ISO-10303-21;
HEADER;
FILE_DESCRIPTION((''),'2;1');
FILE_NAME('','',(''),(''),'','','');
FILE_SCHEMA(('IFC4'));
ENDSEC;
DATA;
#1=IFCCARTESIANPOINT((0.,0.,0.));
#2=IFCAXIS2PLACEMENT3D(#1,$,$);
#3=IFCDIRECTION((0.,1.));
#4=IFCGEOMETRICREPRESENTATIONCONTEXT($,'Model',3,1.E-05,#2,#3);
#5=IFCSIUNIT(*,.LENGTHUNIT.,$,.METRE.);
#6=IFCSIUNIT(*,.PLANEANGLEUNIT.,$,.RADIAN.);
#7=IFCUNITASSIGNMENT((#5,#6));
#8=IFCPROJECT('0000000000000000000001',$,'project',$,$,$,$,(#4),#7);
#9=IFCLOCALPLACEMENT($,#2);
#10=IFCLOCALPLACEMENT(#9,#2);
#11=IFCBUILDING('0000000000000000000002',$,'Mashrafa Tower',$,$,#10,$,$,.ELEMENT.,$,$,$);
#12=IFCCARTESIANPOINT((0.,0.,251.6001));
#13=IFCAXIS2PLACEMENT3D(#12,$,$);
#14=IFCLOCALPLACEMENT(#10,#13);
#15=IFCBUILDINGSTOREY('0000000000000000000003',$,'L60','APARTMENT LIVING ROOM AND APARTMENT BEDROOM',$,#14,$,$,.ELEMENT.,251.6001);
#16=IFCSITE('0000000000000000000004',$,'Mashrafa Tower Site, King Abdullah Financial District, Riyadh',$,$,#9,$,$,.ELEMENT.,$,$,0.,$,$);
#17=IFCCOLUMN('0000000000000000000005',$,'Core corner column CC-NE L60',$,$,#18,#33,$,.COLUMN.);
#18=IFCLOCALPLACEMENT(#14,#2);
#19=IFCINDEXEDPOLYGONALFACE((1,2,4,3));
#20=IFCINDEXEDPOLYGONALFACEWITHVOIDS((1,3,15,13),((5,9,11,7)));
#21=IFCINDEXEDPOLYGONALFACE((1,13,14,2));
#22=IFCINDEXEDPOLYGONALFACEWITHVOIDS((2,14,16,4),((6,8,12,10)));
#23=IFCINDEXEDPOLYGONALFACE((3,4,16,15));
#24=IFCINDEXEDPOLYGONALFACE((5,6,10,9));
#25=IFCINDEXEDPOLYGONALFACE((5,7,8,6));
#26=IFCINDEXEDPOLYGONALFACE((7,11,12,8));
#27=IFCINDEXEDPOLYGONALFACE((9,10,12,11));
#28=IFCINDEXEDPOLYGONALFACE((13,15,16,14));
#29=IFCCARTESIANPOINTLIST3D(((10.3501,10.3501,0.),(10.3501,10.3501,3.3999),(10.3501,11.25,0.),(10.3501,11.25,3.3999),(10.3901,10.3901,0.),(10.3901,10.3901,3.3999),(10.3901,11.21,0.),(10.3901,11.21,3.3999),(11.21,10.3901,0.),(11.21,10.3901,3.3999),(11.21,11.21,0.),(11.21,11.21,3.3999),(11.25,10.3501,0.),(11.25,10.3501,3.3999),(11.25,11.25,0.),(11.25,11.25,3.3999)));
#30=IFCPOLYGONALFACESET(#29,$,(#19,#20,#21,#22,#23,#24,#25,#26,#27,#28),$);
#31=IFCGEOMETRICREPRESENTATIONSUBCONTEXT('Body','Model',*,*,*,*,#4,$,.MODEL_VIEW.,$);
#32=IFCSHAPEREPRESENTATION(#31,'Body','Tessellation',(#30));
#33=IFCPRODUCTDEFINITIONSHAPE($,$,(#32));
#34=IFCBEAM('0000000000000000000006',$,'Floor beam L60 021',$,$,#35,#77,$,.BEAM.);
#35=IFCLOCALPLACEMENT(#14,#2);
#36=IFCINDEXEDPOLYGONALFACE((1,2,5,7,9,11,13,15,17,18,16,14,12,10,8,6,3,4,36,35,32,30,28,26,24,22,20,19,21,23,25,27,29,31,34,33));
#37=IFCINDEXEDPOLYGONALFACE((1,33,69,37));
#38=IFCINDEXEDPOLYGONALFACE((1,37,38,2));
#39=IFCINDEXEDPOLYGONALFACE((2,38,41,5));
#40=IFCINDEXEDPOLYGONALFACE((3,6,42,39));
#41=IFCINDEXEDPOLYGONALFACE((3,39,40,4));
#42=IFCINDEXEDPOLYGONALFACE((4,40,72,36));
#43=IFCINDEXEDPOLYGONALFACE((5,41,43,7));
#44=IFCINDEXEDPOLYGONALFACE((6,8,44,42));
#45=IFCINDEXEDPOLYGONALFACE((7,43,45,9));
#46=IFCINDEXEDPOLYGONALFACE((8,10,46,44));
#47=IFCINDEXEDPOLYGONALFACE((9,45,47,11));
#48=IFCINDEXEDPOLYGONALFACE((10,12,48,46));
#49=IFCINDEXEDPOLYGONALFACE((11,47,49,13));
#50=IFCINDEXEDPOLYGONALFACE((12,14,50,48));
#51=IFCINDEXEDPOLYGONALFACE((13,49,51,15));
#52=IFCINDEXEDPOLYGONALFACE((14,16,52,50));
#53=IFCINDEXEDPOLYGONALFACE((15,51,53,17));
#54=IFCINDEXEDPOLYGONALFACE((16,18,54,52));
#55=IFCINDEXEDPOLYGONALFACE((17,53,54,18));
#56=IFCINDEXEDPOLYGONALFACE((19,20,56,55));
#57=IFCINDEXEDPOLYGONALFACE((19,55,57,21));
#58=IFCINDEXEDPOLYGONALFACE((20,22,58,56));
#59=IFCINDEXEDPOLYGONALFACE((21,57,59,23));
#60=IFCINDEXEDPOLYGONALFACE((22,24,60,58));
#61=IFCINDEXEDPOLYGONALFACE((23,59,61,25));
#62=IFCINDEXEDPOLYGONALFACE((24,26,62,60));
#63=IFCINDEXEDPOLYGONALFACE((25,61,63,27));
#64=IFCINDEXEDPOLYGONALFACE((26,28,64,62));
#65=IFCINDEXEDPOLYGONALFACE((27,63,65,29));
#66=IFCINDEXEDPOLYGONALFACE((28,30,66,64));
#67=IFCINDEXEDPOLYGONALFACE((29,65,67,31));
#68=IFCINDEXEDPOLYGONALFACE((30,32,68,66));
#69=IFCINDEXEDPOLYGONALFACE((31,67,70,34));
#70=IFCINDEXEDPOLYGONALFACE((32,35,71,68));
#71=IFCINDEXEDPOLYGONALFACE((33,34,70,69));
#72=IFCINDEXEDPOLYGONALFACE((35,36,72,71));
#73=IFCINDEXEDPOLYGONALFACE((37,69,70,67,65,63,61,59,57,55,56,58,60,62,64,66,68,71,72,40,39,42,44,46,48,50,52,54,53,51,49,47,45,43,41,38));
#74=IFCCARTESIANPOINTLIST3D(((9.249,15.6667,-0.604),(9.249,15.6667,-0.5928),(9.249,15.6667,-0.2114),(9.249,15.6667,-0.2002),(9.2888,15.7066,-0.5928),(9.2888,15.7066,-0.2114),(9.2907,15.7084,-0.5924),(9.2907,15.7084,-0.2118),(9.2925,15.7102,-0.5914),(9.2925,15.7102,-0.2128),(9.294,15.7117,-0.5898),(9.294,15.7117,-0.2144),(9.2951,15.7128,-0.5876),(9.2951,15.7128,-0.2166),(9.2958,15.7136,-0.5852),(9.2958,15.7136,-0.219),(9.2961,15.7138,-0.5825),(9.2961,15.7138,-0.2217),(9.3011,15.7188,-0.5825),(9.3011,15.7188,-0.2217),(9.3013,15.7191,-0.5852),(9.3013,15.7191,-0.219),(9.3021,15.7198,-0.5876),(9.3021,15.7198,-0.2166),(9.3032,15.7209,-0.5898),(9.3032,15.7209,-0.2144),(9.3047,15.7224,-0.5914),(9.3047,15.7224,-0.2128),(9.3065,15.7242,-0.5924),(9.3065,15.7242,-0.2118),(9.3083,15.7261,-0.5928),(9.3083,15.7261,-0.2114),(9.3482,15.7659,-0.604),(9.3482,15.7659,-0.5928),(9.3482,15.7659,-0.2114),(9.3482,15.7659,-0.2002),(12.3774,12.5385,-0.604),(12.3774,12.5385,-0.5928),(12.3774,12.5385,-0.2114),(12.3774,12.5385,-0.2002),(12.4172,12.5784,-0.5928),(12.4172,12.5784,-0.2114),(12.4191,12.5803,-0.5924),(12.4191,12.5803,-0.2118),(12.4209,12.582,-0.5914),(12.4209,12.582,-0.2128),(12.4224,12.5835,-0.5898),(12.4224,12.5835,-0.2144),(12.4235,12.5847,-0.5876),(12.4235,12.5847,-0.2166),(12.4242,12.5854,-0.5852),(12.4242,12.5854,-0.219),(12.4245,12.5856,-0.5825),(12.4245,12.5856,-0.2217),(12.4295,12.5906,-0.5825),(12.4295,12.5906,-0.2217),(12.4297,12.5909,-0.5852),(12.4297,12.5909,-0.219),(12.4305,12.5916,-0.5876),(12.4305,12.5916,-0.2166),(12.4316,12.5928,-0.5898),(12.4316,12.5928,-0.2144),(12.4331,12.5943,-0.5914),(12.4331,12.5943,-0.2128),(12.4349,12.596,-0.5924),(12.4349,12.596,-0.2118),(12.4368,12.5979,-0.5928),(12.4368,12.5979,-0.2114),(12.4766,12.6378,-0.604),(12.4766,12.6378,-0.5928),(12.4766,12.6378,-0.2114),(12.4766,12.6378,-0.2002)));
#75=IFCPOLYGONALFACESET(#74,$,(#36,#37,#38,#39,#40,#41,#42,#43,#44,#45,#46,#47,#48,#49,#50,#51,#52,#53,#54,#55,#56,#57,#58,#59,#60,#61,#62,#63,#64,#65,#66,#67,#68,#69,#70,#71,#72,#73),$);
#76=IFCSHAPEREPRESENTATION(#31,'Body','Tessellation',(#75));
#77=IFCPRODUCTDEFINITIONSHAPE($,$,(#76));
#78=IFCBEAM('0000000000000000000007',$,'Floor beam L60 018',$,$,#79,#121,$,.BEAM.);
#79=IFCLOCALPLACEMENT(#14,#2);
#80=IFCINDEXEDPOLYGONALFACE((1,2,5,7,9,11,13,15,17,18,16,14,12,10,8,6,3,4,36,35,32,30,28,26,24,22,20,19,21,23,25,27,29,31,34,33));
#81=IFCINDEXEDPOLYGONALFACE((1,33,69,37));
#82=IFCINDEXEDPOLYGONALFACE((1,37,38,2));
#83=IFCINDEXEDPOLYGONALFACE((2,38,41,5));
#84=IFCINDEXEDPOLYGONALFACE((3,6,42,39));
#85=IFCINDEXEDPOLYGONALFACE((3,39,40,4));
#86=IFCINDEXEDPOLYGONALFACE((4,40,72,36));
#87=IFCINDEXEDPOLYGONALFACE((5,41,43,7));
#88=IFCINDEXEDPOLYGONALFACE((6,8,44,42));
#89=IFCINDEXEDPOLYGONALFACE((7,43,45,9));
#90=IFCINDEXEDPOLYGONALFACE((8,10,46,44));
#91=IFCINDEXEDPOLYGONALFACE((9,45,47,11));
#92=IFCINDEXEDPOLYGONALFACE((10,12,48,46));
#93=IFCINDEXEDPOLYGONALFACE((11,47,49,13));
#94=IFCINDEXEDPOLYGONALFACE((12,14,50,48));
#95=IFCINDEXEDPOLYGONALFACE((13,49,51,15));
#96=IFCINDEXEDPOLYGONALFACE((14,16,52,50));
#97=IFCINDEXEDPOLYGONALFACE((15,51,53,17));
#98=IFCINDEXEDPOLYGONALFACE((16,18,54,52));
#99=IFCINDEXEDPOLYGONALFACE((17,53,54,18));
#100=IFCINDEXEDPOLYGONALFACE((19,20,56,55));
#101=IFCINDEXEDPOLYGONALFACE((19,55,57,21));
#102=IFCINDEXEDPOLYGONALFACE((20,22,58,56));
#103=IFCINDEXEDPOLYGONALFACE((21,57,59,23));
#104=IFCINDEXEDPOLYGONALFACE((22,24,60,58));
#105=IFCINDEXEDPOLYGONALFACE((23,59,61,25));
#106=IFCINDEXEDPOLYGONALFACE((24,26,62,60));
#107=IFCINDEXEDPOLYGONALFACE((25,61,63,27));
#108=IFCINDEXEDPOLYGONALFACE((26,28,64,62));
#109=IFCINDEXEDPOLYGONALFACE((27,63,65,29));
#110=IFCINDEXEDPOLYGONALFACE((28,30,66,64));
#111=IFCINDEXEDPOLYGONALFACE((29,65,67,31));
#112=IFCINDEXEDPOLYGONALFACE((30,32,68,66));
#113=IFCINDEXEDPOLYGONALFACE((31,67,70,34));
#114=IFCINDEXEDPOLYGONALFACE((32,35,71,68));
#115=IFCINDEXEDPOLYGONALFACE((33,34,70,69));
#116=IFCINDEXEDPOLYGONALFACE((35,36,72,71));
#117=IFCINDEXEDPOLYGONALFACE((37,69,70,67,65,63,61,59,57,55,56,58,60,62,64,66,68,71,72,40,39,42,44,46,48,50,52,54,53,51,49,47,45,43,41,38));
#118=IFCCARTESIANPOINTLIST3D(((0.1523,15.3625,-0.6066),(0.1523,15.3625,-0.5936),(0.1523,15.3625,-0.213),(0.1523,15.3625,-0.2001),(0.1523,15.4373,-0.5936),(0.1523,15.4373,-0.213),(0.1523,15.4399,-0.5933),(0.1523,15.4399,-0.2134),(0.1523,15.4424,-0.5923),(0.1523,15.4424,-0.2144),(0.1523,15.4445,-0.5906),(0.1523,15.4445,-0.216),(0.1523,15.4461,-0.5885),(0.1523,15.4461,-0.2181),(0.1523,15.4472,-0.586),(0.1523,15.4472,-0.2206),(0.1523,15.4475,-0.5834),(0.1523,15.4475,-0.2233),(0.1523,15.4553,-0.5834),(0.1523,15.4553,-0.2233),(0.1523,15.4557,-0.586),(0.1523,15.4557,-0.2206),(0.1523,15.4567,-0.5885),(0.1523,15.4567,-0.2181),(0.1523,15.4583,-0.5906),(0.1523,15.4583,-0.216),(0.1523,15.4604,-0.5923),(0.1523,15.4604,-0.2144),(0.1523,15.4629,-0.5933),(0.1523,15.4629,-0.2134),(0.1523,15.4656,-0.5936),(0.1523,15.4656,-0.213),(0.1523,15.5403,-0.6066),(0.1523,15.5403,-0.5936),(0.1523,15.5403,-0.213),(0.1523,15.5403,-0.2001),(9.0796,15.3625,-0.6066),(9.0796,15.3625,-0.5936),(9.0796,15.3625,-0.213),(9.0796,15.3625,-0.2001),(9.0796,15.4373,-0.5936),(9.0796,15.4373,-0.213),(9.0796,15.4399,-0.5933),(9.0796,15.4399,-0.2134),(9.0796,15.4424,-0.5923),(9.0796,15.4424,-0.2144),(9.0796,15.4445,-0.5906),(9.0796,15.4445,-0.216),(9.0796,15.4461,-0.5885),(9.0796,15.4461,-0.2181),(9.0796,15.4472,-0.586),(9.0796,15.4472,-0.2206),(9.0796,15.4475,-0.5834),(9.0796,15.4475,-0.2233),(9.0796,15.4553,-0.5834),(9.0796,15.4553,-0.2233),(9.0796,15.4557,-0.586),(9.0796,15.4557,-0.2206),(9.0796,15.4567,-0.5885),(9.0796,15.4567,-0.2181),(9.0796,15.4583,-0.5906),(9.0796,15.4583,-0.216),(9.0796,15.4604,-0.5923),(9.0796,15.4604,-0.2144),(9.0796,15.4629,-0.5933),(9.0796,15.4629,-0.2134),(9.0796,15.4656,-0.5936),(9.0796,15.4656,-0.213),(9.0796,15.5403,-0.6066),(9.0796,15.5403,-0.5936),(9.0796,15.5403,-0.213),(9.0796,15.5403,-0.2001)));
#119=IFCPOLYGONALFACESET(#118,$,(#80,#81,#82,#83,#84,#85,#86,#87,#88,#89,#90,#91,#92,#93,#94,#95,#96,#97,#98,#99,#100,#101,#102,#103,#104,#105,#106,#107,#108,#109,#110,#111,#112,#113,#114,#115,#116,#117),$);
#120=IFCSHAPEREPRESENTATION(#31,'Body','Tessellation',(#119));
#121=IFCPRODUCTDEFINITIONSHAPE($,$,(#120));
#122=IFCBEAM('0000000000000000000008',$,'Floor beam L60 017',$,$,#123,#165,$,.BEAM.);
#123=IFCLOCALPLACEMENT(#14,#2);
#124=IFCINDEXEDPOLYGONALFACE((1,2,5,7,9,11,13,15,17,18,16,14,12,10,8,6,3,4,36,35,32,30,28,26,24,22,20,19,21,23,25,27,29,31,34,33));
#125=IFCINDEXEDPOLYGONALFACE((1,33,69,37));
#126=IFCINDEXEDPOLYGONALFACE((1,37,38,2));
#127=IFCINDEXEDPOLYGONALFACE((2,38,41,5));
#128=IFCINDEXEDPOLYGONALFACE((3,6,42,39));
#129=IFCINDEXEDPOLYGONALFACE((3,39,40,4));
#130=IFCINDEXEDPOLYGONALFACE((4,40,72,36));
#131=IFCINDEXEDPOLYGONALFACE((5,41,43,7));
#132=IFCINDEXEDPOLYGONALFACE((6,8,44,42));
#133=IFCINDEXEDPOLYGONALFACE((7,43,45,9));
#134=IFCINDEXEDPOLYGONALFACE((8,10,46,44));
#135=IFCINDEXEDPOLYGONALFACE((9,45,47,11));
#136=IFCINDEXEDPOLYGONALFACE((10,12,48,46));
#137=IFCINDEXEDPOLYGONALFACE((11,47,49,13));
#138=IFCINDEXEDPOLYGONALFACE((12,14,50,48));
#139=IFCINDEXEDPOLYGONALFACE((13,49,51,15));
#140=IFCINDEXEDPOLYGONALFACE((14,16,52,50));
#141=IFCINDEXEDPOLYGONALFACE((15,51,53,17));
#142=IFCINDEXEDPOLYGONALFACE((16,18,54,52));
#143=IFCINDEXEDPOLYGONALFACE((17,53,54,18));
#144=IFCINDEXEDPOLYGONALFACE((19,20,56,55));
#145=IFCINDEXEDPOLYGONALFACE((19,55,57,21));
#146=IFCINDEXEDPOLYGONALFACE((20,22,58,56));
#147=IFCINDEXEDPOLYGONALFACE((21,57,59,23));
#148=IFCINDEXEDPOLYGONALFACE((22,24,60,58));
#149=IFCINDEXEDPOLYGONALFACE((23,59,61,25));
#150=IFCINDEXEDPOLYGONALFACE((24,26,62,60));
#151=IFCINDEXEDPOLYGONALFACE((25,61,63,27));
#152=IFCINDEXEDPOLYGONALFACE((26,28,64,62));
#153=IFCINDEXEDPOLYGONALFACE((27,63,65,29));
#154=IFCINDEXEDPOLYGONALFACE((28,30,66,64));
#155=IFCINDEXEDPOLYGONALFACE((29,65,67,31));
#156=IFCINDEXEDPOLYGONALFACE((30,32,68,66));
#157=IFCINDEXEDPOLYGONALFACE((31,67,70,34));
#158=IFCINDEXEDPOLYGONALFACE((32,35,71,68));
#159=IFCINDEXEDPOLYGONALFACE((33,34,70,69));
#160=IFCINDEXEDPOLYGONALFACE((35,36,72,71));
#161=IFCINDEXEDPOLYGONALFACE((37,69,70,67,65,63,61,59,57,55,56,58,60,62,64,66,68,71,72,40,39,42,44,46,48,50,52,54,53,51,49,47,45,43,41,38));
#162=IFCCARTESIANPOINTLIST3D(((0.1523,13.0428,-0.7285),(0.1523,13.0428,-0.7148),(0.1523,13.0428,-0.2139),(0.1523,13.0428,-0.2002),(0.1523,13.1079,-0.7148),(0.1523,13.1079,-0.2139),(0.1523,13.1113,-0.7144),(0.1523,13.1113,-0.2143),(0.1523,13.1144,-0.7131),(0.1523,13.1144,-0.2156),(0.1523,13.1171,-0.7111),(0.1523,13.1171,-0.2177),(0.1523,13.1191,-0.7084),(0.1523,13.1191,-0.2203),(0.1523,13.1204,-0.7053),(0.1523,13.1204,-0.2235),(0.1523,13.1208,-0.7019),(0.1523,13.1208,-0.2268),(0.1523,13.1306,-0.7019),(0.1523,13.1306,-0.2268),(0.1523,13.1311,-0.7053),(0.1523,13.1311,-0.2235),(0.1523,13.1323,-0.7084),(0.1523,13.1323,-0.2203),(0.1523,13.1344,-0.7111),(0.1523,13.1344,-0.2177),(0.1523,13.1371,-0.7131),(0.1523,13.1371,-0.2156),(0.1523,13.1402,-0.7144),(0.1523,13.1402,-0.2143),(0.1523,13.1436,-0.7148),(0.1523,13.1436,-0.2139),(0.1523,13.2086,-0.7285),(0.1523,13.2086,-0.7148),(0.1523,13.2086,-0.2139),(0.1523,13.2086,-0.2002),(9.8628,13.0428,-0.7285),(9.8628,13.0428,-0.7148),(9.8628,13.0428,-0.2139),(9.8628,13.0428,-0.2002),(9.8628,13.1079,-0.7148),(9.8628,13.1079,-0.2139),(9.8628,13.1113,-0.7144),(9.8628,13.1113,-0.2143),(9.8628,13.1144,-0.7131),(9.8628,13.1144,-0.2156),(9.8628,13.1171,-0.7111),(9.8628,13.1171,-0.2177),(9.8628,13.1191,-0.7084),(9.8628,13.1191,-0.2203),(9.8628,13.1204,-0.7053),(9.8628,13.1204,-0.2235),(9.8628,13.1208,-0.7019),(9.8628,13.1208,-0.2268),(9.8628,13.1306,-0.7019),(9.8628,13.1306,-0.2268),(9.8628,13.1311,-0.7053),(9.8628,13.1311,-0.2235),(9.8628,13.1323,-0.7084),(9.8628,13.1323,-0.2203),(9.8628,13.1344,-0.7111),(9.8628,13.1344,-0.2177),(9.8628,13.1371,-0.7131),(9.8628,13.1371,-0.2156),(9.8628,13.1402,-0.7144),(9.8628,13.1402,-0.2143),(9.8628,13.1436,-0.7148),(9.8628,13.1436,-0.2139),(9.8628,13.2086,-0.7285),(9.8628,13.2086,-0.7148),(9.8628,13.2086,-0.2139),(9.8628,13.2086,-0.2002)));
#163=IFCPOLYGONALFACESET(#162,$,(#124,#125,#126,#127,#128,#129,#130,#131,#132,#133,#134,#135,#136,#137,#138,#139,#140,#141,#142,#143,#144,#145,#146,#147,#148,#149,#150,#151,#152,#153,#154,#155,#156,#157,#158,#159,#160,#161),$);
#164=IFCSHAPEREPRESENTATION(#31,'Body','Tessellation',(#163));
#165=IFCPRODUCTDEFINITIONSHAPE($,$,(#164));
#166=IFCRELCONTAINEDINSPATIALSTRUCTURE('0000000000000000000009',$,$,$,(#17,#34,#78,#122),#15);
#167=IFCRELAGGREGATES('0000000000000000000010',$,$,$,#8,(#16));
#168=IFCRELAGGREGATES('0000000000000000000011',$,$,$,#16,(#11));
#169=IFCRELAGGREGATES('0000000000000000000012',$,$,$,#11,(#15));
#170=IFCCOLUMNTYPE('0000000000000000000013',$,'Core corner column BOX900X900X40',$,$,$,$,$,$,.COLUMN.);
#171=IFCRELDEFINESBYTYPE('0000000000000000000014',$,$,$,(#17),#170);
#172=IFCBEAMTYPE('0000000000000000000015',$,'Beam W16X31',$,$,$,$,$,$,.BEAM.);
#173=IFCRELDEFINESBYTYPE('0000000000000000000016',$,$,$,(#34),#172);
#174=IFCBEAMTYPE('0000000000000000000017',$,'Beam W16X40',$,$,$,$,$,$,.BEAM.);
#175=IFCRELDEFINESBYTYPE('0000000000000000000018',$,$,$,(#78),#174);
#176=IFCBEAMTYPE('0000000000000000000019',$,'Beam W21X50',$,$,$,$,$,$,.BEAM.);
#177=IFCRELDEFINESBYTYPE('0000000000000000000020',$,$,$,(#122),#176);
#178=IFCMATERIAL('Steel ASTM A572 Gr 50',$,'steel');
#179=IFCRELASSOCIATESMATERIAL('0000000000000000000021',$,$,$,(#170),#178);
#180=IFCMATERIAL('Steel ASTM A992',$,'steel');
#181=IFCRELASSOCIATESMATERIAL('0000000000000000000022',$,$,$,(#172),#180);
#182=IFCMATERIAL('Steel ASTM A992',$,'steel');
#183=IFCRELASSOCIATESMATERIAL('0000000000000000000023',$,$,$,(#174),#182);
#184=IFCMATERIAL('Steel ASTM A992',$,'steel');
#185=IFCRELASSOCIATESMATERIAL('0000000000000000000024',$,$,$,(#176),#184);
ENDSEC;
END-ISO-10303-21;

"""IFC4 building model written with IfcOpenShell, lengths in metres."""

from ifc_helpers import new_model, si_unit, direction, frame, origin, origin_2d, place, context, subcontext, project, spatial, hollow_rectangle, i_section, extrude, material, material_profile, profile_set, type_object, element, save


model = new_model("IFC4")

# Units and contexts
model_context = context("Model", 3, precision=1e-05, world=origin(), true_north=direction((0.0, 1.0)))
body_context = subcontext(model_context, "Body", "Model", "MODEL_VIEW")
ifc_project = project(units=[si_unit("LENGTHUNIT", "METRE"), si_unit("PLANEANGLEUNIT", "RADIAN")], contexts=[model_context])

# Site, building, storey
site_placement = place(None, origin())
site = spatial("IfcSite", under=ifc_project, at=site_placement, Name="Mashrafa Tower Site, King Abdullah Financial District, Riyadh", CompositionType="ELEMENT", RefElevation=0.0)
building_placement = place(site_placement, origin())
building = spatial("IfcBuilding", under=site, at=building_placement, Name="Mashrafa Tower", CompositionType="ELEMENT")
storey_placement = place(building_placement, frame((0.0, 0.0, 251.6001)))
storey = spatial("IfcBuildingStorey", under=building, at=storey_placement, Name="L60", Description="APARTMENT LIVING ROOM AND APARTMENT BEDROOM", CompositionType="ELEMENT", Elevation=251.6001)

# Column
ifc_material_1 = material(Name="Steel ASTM A572 Gr 50", Category="steel")
ifc_material_profile_1 = material_profile(ifc_material_1, hollow_rectangle(XDim=0.8999, YDim=0.8999, WallThickness=0.04, at=origin_2d()), Name="BOX900X900X40")
ifc_profile_set_1 = profile_set([ifc_material_profile_1], Name="Steel ASTM A572 Gr 50")
column_type = type_object("IfcColumnType", Name="Core corner column BOX900X900X40", PredefinedType="COLUMN", material=ifc_profile_set_1)
column_placement = place(storey_placement, frame((10.8, 10.8, 0.0), z_axis=(0.0, 0.0, 1.0), x_axis=(1.0, 0.0, 0.0)))
element("IfcColumn", 1, at=column_placement, inside=storey, type_object=column_type, Name="Core corner column CC-NE L60", PredefinedType="COLUMN", context=body_context, shape_type="SweptSolid", body=[
    extrude(hollow_rectangle(XDim=0.8999, YDim=0.8999, WallThickness=0.04, at=origin_2d()), origin(), (0.0, 0.0, 1.0), 3.3999),
])

# Beams
ifc_material_2 = material(Name="Steel ASTM A992", Category="steel")
ifc_material_profile_2 = material_profile(ifc_material_2, i_section(OverallWidth=0.1404, OverallDepth=0.4038, WebThickness=0.0071, FlangeThickness=0.0112, FilletRadius=0.0103, at=origin_2d()), Name="W16X31")
ifc_profile_set_2 = profile_set([ifc_material_profile_2], Name="Steel ASTM A992")
beam_type_1 = type_object("IfcBeamType", Name="Beam W16X31", PredefinedType="BEAM", material=ifc_profile_set_2)
beam_1_placement = place(storey_placement, frame((9.2986, 15.7163, -0.4021), z_axis=(0.707134, -0.707079, 0.0), x_axis=(0.707079, 0.707134, 0.0)))
element("IfcBeam", 2, at=beam_1_placement, inside=storey, type_object=beam_type_1, Name="Floor beam L60 021", PredefinedType="BEAM", context=body_context, shape_type="SweptSolid", body=[
    extrude(i_section(OverallWidth=0.1404, OverallDepth=0.4038, WebThickness=0.0071, FlangeThickness=0.0112, FilletRadius=0.0103, at=origin_2d()), origin(), (0.0, 0.0, 1.0), 4.4241),
])
ifc_material_3 = material(Name="Steel ASTM A992", Category="steel")
ifc_material_profile_3 = material_profile(ifc_material_3, i_section(OverallWidth=0.1777, OverallDepth=0.4065, WebThickness=0.0078, FlangeThickness=0.0129, FilletRadius=0.0103, at=origin_2d()), Name="W16X40")
ifc_profile_set_3 = profile_set([ifc_material_profile_3], Name="Steel ASTM A992")
beam_type_2 = type_object("IfcBeamType", Name="Beam W16X40", PredefinedType="BEAM", material=ifc_profile_set_3)
beam_2_placement = place(storey_placement, frame((0.1523, 15.4514, -0.4033), z_axis=(1.0, 0.0, 0.0), x_axis=(0.0, 1.0, 0.0)))
element("IfcBeam", 3, at=beam_2_placement, inside=storey, type_object=beam_type_2, Name="Floor beam L60 018", PredefinedType="BEAM", context=body_context, shape_type="SweptSolid", body=[
    extrude(i_section(OverallWidth=0.1777, OverallDepth=0.4065, WebThickness=0.0078, FlangeThickness=0.0129, FilletRadius=0.0103, at=origin_2d()), origin(), (0.0, 0.0, 1.0), 8.9272),
])
ifc_material_4 = material(Name="Steel ASTM A992", Category="steel")
ifc_material_profile_4 = material_profile(ifc_material_4, i_section(OverallWidth=0.1658, OverallDepth=0.5283, WebThickness=0.0098, FlangeThickness=0.0137, FilletRadius=0.0129, at=origin_2d()), Name="W21X50")
ifc_profile_set_4 = profile_set([ifc_material_profile_4], Name="Steel ASTM A992")
beam_type_3 = type_object("IfcBeamType", Name="Beam W21X50", PredefinedType="BEAM", material=ifc_profile_set_4)
beam_3_placement = place(storey_placement, frame((0.1523, 13.1257, -0.4644), z_axis=(1.0, 0.0, 0.0), x_axis=(0.0, 1.0, 0.0)))
element("IfcBeam", 4, at=beam_3_placement, inside=storey, type_object=beam_type_3, Name="Floor beam L60 017", PredefinedType="BEAM", context=body_context, shape_type="SweptSolid", body=[
    extrude(i_section(OverallWidth=0.1658, OverallDepth=0.5283, WebThickness=0.0098, FlangeThickness=0.0137, FilletRadius=0.0129, at=origin_2d()), origin(), (0.0, 0.0, 1.0), 9.7104),
])

save(model, "model.ifc")
